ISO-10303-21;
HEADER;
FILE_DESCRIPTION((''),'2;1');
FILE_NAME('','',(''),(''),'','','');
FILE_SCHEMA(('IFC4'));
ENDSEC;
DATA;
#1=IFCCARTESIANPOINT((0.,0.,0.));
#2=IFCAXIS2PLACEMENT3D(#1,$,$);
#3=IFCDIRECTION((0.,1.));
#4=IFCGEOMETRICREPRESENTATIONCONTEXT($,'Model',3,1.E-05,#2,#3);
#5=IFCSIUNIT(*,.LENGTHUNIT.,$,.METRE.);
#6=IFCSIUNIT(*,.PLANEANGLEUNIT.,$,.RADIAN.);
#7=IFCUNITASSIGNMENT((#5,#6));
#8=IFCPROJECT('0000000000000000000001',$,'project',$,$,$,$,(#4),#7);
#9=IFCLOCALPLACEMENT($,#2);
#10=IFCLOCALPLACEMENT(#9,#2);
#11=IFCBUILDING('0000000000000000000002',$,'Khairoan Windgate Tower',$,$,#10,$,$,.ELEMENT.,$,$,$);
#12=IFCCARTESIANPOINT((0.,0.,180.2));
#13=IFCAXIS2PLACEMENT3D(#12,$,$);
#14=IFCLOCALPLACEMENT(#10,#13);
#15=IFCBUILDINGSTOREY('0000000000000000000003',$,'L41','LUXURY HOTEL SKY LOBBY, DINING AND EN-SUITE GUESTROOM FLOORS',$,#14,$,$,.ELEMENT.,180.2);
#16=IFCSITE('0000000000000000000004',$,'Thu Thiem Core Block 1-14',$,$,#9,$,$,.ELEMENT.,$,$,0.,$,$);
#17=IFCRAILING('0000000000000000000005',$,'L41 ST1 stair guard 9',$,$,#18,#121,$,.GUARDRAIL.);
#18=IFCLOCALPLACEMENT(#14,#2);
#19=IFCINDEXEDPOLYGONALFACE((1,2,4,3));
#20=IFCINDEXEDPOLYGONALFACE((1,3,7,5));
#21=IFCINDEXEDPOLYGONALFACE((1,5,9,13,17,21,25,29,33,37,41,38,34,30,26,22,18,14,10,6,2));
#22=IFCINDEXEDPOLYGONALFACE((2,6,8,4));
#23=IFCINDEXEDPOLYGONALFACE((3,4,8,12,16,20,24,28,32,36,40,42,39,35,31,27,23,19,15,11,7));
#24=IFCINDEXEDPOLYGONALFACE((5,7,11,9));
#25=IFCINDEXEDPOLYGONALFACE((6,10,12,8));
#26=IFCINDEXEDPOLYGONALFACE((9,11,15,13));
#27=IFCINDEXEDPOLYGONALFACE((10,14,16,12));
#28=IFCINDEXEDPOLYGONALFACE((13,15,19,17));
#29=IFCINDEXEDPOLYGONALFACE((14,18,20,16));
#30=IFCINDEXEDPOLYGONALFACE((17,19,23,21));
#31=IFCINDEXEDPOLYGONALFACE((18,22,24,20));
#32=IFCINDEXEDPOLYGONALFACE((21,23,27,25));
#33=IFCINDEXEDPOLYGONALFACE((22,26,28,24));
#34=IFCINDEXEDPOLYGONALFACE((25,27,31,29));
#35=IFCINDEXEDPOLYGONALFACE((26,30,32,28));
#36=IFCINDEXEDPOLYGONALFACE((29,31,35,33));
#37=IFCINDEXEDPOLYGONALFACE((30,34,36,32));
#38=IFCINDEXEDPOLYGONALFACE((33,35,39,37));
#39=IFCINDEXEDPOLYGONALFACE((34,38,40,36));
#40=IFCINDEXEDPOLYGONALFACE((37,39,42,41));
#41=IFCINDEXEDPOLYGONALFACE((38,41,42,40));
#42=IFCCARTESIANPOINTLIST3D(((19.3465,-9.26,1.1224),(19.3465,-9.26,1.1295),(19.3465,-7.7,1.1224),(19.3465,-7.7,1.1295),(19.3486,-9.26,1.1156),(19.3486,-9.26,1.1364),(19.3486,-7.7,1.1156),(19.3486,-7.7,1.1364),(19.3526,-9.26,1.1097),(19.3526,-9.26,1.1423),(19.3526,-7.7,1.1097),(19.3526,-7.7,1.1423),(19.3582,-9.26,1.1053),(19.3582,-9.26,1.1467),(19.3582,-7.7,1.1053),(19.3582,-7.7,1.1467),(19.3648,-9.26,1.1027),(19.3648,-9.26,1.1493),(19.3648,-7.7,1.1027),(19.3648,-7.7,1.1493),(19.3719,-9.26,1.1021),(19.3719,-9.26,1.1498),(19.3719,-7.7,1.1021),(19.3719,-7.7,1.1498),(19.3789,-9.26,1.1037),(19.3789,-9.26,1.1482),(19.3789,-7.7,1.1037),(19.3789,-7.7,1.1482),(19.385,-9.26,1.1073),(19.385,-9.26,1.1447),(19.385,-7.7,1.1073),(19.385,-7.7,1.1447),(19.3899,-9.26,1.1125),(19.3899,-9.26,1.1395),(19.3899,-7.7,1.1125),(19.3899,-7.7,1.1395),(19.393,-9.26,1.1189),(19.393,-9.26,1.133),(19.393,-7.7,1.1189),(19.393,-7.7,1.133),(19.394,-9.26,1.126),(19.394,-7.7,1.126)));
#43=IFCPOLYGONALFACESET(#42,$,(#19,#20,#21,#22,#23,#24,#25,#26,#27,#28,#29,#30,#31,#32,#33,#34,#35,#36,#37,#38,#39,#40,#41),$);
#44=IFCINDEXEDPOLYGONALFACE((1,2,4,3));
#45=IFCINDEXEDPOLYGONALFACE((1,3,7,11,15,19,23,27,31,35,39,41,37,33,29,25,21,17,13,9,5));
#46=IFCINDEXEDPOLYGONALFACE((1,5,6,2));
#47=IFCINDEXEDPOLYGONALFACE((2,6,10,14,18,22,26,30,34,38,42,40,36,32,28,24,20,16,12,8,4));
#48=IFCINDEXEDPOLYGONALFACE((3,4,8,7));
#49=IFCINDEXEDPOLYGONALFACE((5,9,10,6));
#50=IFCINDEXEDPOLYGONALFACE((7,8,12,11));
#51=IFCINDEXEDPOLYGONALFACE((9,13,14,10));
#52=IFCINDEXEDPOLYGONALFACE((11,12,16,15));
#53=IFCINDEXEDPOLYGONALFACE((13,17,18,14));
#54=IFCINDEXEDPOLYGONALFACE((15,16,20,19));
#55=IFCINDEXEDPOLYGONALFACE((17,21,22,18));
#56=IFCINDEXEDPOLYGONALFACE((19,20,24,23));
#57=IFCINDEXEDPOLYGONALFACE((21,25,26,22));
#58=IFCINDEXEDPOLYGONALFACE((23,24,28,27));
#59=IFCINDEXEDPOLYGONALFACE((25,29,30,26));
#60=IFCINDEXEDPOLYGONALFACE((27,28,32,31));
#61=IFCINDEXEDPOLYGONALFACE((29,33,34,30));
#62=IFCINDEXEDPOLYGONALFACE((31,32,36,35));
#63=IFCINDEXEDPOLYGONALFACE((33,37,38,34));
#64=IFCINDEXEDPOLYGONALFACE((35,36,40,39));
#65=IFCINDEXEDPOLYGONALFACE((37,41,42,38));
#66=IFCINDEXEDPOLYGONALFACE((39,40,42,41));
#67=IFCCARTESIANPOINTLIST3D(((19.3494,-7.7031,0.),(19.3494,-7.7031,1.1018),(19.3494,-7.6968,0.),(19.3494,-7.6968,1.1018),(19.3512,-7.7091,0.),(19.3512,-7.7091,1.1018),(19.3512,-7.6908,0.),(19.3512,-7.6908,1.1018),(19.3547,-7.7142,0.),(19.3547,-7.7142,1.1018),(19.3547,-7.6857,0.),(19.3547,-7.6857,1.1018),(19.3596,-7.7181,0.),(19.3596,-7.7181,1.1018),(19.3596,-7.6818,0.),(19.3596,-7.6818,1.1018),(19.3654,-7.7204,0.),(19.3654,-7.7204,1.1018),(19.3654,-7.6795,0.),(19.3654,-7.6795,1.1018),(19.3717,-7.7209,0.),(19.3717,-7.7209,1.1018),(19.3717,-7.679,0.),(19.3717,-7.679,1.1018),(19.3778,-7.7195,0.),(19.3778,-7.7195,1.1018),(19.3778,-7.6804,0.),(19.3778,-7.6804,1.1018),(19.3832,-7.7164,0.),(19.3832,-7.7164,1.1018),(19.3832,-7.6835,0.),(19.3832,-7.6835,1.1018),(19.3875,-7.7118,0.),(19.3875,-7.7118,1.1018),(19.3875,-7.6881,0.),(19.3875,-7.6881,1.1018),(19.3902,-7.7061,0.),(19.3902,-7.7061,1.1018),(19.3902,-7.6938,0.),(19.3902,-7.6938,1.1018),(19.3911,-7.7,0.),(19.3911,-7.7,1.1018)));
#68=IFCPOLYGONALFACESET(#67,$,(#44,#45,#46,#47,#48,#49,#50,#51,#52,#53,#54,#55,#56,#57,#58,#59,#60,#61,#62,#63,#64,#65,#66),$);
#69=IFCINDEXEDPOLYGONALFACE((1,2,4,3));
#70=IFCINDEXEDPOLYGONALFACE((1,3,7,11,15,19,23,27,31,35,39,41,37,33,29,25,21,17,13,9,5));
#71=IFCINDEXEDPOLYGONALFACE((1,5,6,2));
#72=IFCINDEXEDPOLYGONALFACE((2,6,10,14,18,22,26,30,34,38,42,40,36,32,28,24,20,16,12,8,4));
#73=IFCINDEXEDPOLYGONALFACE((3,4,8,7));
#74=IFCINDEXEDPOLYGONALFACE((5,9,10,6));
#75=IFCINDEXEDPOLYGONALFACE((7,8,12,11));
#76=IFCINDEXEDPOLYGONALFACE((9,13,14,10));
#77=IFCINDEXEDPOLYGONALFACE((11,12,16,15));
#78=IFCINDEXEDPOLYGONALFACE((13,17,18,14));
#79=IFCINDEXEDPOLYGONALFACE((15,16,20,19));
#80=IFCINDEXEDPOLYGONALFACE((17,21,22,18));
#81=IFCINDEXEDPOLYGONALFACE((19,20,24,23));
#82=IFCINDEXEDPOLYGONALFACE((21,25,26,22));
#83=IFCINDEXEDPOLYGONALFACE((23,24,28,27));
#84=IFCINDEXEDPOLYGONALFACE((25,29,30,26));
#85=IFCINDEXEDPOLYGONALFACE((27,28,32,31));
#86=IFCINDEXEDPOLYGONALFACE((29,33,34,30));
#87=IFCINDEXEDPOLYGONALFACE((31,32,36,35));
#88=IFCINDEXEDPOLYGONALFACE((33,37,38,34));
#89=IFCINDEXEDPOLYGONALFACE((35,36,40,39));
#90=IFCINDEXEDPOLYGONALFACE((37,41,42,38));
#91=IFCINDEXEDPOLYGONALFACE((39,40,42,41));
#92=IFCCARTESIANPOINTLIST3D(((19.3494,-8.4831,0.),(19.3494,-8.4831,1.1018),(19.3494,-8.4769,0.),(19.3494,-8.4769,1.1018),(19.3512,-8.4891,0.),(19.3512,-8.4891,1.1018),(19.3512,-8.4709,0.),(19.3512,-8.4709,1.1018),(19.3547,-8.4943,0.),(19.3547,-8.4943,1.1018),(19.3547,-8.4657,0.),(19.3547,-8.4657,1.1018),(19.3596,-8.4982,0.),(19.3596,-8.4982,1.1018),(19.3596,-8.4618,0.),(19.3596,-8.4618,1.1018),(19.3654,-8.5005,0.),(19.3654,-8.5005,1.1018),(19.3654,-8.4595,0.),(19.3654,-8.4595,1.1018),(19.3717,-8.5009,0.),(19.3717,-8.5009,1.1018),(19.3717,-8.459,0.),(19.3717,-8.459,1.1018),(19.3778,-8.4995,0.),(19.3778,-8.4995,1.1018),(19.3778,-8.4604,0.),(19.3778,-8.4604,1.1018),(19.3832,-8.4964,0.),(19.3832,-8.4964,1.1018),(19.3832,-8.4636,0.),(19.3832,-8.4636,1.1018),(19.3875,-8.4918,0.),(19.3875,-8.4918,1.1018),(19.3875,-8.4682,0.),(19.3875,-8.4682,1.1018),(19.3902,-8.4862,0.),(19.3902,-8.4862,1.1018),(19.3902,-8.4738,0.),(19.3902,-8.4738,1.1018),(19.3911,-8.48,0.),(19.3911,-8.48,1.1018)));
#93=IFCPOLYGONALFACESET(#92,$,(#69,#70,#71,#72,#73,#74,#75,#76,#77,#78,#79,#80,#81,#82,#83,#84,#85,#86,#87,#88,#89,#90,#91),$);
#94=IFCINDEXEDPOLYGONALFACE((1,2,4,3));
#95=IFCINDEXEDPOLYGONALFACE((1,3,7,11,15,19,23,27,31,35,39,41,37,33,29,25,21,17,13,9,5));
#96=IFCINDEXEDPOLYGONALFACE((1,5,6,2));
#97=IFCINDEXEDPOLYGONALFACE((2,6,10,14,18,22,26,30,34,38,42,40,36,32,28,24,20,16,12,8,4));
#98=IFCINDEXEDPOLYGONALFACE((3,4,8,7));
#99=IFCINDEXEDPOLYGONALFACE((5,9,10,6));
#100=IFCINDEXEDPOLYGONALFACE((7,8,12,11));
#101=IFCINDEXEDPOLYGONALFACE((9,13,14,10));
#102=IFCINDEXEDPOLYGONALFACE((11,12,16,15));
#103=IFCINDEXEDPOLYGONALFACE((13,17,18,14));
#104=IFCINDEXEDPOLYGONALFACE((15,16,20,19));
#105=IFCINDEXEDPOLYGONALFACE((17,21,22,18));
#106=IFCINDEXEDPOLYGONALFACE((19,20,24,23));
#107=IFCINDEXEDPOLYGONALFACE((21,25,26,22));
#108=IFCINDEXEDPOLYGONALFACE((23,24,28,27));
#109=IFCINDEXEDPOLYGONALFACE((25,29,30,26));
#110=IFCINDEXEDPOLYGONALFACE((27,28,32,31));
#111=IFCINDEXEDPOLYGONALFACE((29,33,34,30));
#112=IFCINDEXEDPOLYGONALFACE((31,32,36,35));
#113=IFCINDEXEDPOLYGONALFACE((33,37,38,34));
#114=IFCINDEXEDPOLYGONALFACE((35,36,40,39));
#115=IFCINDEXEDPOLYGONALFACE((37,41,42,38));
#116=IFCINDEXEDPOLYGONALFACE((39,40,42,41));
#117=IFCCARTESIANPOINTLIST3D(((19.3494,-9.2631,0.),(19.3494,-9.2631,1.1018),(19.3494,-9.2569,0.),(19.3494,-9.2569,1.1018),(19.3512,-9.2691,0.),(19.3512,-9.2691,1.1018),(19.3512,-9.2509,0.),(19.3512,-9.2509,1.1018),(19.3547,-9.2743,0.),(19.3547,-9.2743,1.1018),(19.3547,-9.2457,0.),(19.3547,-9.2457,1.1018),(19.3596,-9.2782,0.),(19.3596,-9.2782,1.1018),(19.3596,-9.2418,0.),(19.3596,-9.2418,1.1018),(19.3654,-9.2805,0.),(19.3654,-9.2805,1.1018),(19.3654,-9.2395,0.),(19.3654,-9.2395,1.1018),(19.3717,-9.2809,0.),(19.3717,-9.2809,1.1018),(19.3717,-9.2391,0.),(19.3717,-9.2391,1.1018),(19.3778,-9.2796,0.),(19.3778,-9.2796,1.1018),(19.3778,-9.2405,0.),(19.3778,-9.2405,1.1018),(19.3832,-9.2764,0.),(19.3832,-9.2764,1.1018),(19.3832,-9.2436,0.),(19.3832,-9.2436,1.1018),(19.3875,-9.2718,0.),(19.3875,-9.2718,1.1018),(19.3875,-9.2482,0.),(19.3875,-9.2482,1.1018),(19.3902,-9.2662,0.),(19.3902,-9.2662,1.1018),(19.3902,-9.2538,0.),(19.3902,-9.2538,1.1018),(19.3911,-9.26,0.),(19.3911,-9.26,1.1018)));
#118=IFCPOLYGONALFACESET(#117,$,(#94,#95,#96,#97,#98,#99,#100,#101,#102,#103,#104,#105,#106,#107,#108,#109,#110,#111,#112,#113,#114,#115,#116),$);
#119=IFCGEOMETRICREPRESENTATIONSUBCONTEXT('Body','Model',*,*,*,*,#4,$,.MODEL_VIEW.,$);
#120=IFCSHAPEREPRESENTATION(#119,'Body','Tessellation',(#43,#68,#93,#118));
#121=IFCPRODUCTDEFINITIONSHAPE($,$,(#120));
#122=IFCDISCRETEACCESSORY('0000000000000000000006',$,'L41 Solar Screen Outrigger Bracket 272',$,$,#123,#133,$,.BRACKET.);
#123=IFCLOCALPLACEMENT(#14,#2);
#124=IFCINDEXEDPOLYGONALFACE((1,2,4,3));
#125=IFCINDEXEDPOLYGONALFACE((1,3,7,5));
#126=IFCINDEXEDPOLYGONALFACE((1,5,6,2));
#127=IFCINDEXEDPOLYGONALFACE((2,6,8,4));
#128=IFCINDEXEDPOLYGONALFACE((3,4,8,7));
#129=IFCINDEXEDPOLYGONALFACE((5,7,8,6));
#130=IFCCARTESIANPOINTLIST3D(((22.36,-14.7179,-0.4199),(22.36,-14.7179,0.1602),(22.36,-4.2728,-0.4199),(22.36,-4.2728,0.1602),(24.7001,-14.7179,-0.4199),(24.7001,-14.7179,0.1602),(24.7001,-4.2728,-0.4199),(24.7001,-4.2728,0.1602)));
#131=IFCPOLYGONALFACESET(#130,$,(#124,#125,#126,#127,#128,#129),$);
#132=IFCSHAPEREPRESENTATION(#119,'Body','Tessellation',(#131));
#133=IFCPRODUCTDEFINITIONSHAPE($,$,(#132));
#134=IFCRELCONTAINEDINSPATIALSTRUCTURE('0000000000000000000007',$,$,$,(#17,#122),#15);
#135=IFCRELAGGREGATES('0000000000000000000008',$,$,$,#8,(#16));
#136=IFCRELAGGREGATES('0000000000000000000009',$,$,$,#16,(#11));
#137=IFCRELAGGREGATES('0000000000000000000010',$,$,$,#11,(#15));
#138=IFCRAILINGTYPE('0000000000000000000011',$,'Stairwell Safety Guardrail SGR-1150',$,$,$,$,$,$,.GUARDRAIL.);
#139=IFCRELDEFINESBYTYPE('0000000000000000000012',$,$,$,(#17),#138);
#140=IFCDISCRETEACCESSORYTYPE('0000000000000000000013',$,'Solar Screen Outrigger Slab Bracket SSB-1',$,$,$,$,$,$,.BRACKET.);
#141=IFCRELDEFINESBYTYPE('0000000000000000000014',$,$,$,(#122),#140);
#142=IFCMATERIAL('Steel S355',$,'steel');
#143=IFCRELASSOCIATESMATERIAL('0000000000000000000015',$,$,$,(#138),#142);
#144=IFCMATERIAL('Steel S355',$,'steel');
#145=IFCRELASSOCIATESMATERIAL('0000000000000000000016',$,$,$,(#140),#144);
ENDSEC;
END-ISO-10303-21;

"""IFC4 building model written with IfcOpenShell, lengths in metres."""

from ifc_helpers import new_model, si_unit, direction, frame, origin, origin_2d, place, context, subcontext, project, spatial, rectangle, circle, extrude, material, type_object, element, save


model = new_model("IFC4")

# Units and contexts
model_context = context("Model", 3, precision=1e-05, world=origin(), true_north=direction((0.0, 1.0)))
body_context = subcontext(model_context, "Body", "Model", "MODEL_VIEW")
ifc_project = project(units=[si_unit("LENGTHUNIT", "METRE"), si_unit("PLANEANGLEUNIT", "RADIAN")], contexts=[model_context])

# Site, building, storey
site_placement = place(None, origin())
site = spatial("IfcSite", under=ifc_project, at=site_placement, Name="Thu Thiem Core Block 1-14", CompositionType="ELEMENT", RefElevation=0.0)
building_placement = place(site_placement, origin())
building = spatial("IfcBuilding", under=site, at=building_placement, Name="Khairoan Windgate Tower", CompositionType="ELEMENT")
storey_placement = place(building_placement, frame((0.0, 0.0, 180.2)))
storey = spatial("IfcBuildingStorey", under=building, at=storey_placement, Name="L41", Description="LUXURY HOTEL SKY LOBBY, DINING AND EN-SUITE GUESTROOM FLOORS", CompositionType="ELEMENT", Elevation=180.2)

# Railing
ifc_material_1 = material(Name="Steel S355", Category="steel")
railing_type_1 = type_object("IfcRailingType", Name="Stairwell Safety Guardrail SGR-1150", PredefinedType="GUARDRAIL", material=ifc_material_1)
for number, where, name in (
    (1, (19.3701, -7.7, 0.0), "L41 ST1 stair guard 9"),
):
    element("IfcRailing", number, at=place(storey_placement, frame(where)), inside=storey, type_object=railing_type_1, Name=name, PredefinedType="GUARDRAIL", context=body_context, shape_type="SweptSolid", body=[
        extrude(circle(Radius=0.0239, at=origin_2d()), frame((0.0, 0.0, 1.126), z_axis=(0.0, -1.0, 0.0), x_axis=(1.0, 0.0, 0.0)), (0.0, 0.0, 1.0), 1.5601),
        extrude(circle(Radius=0.021, at=origin_2d()), origin(), (0.0, 0.0, 1.0), 1.1018),
        extrude(circle(Radius=0.021, at=origin_2d()), frame((0.0, -0.78, 0.0)), (0.0, 0.0, 1.0), 1.1018),
        extrude(circle(Radius=0.021, at=origin_2d()), frame((0.0, -1.5601, 0.0)), (0.0, 0.0, 1.0), 1.1018),
    ])

# Discrete accessory
ifc_material_2 = material(Name="Steel S355", Category="steel")
discrete_accessory_type = type_object("IfcDiscreteAccessoryType", Name="Solar Screen Outrigger Slab Bracket SSB-1", PredefinedType="BRACKET", material=ifc_material_2)
discrete_accessory_placement = place(storey_placement, frame((23.53, -9.4954, -0.4199), z_axis=(0.0, 0.0, 1.0), x_axis=(0.0, -1.0, 0.0)))
element("IfcDiscreteAccessory", 2, at=discrete_accessory_placement, inside=storey, type_object=discrete_accessory_type, Name="L41 Solar Screen Outrigger Bracket 272", PredefinedType="BRACKET", context=body_context, shape_type="SweptSolid", body=[
    extrude(rectangle(XDim=10.4451, YDim=2.3401, at=origin_2d()), origin(), (0.0, 0.0, 1.0), 0.5801),
])

save(model, "model.ifc")
